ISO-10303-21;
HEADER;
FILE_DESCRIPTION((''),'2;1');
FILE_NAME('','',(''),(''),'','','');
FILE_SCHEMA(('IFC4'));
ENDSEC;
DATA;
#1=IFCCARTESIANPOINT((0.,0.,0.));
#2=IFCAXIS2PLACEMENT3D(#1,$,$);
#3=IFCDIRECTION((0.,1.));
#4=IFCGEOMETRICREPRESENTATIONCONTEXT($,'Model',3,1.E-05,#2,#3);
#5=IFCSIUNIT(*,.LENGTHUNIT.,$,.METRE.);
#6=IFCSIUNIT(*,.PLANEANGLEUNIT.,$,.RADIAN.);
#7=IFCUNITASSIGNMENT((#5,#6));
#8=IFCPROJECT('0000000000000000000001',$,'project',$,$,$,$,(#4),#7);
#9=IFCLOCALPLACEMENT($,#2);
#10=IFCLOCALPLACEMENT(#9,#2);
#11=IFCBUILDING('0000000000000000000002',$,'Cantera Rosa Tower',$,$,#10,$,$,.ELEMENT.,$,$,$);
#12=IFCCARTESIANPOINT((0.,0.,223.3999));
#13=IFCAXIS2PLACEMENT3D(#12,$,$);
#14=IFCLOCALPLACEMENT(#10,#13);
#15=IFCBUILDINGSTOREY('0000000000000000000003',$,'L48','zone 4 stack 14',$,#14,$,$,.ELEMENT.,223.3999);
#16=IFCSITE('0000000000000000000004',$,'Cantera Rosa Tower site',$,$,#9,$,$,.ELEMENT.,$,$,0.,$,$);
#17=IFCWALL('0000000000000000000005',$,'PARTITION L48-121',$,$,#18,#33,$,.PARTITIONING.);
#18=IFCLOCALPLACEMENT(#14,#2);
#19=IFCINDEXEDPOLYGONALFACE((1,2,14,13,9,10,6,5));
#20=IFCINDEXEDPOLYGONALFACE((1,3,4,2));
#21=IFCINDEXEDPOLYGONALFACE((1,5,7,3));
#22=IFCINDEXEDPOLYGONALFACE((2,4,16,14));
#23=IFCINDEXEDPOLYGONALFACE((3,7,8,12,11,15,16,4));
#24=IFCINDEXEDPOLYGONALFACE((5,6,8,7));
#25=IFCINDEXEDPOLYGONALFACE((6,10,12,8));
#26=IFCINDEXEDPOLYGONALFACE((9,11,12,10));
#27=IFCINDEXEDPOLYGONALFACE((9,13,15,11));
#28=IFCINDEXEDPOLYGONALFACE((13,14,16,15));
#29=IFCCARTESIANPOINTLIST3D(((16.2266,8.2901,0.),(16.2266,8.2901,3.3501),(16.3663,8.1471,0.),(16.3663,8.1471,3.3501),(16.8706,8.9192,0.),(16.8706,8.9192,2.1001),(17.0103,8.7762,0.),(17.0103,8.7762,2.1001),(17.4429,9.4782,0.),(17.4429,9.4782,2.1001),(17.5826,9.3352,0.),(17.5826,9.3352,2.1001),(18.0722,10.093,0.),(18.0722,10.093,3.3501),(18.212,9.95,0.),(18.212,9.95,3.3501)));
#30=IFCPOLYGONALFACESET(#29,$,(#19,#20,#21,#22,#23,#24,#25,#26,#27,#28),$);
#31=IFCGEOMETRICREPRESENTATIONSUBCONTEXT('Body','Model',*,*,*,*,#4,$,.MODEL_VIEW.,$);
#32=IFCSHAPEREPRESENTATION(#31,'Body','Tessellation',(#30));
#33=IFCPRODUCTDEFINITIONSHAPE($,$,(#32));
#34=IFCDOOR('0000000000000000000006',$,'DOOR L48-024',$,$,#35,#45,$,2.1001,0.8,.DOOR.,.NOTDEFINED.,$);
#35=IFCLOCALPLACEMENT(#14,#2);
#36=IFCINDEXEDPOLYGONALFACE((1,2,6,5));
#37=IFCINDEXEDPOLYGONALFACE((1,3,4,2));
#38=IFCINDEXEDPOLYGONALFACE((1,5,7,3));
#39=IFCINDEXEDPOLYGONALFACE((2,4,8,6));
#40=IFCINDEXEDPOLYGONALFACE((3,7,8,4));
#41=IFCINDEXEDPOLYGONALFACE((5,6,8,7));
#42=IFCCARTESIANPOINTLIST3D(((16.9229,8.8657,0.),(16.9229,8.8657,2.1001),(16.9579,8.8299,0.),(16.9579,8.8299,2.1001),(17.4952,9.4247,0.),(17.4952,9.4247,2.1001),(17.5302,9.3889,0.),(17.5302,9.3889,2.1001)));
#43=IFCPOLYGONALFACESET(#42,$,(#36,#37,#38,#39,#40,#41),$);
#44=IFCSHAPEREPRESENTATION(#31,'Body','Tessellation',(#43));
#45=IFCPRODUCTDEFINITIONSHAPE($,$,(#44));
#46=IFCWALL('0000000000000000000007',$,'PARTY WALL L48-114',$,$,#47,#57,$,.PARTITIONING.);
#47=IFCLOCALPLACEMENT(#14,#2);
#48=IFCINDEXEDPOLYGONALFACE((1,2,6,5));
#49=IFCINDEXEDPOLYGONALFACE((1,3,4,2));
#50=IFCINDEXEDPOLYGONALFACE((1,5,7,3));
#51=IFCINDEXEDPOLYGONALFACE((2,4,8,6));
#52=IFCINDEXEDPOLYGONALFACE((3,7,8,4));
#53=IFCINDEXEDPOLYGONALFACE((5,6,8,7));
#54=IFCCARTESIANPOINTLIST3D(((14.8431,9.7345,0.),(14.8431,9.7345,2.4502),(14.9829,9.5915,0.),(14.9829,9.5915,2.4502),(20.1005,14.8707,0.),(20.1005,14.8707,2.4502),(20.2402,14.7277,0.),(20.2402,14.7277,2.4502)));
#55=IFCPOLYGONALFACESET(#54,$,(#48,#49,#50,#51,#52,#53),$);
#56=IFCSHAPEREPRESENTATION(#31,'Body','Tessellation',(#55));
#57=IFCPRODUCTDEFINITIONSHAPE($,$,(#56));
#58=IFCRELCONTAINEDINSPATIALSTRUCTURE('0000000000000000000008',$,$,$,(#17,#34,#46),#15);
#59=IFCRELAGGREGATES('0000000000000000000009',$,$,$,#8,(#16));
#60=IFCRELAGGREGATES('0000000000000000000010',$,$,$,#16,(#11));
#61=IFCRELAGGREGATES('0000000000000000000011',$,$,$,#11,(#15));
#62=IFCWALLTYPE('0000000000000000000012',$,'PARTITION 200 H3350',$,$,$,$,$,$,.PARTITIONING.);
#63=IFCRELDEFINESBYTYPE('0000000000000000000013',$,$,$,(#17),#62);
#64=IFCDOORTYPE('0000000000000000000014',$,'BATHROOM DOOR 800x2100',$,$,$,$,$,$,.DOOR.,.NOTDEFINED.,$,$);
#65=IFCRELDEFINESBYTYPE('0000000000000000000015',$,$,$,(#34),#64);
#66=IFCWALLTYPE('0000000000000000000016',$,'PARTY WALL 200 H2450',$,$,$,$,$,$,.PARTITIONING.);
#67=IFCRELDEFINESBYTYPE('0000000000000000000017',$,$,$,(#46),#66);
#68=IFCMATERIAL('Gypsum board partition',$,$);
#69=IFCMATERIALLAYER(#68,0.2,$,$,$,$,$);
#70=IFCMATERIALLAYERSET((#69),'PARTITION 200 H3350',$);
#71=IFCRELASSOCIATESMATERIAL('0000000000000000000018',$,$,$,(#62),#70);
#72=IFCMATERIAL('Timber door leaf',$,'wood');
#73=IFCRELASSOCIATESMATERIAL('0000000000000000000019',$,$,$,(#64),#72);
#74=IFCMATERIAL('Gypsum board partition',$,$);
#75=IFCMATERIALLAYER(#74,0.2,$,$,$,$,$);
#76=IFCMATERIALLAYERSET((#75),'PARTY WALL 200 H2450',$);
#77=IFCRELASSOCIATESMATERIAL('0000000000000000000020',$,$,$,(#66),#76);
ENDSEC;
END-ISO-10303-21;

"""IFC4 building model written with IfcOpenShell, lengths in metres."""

from ifc_helpers import new_model, si_unit, direction, frame, frame_2d, origin, place, context, subcontext, project, spatial, rectangle, extrude, material, layer, layer_set, type_object, element, fill, save


model = new_model("IFC4")

# Units and contexts
model_context = context("Model", 3, precision=1e-05, world=origin(), true_north=direction((0.0, 1.0)))
body_context = subcontext(model_context, "Body", "Model", "MODEL_VIEW")
ifc_project = project(units=[si_unit("LENGTHUNIT", "METRE"), si_unit("PLANEANGLEUNIT", "RADIAN")], contexts=[model_context])

# Site, building, storey
site_placement = place(None, origin())
site = spatial("IfcSite", under=ifc_project, at=site_placement, Name="Cantera Rosa Tower site", CompositionType="ELEMENT", RefElevation=0.0)
building_placement = place(site_placement, origin())
building = spatial("IfcBuilding", under=site, at=building_placement, Name="Cantera Rosa Tower", CompositionType="ELEMENT")
storey_placement = place(building_placement, frame((0.0, 0.0, 223.3999)))
storey = spatial("IfcBuildingStorey", under=building, at=storey_placement, Name="L48", Description="zone 4 stack 14", CompositionType="ELEMENT", Elevation=223.3999)

# Shared definitions
ifc_material_1 = material(Name="Gypsum board partition")
ifc_layer_1 = layer(ifc_material_1, 0.2)
ifc_layer_set_1 = layer_set([ifc_layer_1], Name="PARTITION 200 H3350")
wall_type_1 = type_object("IfcWallType", Name="PARTITION 200 H3350", PredefinedType="PARTITIONING", material=ifc_layer_set_1)

# Wall, opening, door
wall_1_placement = place(storey_placement, frame((18.1421, 10.0215, 0.0), z_axis=(0.0, 0.0, 1.0), x_axis=(-0.715338, -0.698779, 0.0)))
wall_1 = element("IfcWall", 1, at=wall_1_placement, inside=storey, type_object=wall_type_1, Name="PARTITION L48-121", PredefinedType="PARTITIONING", context=body_context, shape_type="SweptSolid", body=[
    extrude(rectangle(XDim=2.5801, YDim=0.2, at=frame_2d((1.29, 0.0))), origin(), (0.0, 0.0, 1.0), 3.3501),
])
opening_1_placement = place(wall_1_placement, frame((0.8799, 0.0, 0.0)))
opening_1 = element("IfcOpeningElement", 2, at=opening_1_placement, cuts=wall_1, PredefinedType="OPENING", context=body_context, shape_type="SweptSolid", body=[
    extrude(rectangle(XDim=0.8, YDim=2.1001, at=frame_2d((0.3999, 1.05))), frame((0.0, 0.1099, 0.0), z_axis=(0.0, -1.0, 0.0), x_axis=(1.0, 0.0, 0.0)), (0.0, 0.0, 1.0), 0.22),
])
ifc_material_2 = material(Name="Timber door leaf", Category="wood")
door_type_1 = type_object("IfcDoorType", Name="BATHROOM DOOR 800x2100", OperationType="NOTDEFINED", PredefinedType="DOOR", material=ifc_material_2)
door_1_placement = place(opening_1_placement, origin())
door_1 = element("IfcDoor", 3, at=door_1_placement, inside=storey, type_object=door_type_1, Name="DOOR L48-024", OperationType="NOTDEFINED", OverallHeight=2.1001, OverallWidth=0.8, PredefinedType="DOOR", context=body_context, shape_type="SweptSolid", body=[
    extrude(rectangle(XDim=0.8, YDim=2.1001, at=frame_2d((0.3999, 1.05))), frame((0.0, 0.0249, 0.0), z_axis=(0.0, -1.0, 0.0), x_axis=(1.0, 0.0, 0.0)), (0.0, 0.0, 1.0), 0.05),
])
fill(opening_1, door_1)

# Wall
ifc_material_3 = material(Name="Gypsum board partition")
ifc_layer_2 = layer(ifc_material_3, 0.2)
ifc_layer_set_2 = layer_set([ifc_layer_2], Name="PARTY WALL 200 H2450")
wall_type_2 = type_object("IfcWallType", Name="PARTY WALL 200 H2450", PredefinedType="PARTITIONING", material=ifc_layer_set_2)
wall_2_placement = place(storey_placement, frame((14.9131, 9.6631, 0.0), z_axis=(0.0, 0.0, 1.0), x_axis=(0.715297, 0.698821, 0.0)))
element("IfcWall", 4, at=wall_2_placement, inside=storey, type_object=wall_type_2, Name="PARTY WALL L48-114", PredefinedType="PARTITIONING", context=body_context, shape_type="SweptSolid", body=[
    extrude(rectangle(XDim=7.3499, YDim=0.2, at=frame_2d((3.6748, 0.0))), origin(), (0.0, 0.0, 1.0), 2.4502),
])

save(model, "model.ifc")
